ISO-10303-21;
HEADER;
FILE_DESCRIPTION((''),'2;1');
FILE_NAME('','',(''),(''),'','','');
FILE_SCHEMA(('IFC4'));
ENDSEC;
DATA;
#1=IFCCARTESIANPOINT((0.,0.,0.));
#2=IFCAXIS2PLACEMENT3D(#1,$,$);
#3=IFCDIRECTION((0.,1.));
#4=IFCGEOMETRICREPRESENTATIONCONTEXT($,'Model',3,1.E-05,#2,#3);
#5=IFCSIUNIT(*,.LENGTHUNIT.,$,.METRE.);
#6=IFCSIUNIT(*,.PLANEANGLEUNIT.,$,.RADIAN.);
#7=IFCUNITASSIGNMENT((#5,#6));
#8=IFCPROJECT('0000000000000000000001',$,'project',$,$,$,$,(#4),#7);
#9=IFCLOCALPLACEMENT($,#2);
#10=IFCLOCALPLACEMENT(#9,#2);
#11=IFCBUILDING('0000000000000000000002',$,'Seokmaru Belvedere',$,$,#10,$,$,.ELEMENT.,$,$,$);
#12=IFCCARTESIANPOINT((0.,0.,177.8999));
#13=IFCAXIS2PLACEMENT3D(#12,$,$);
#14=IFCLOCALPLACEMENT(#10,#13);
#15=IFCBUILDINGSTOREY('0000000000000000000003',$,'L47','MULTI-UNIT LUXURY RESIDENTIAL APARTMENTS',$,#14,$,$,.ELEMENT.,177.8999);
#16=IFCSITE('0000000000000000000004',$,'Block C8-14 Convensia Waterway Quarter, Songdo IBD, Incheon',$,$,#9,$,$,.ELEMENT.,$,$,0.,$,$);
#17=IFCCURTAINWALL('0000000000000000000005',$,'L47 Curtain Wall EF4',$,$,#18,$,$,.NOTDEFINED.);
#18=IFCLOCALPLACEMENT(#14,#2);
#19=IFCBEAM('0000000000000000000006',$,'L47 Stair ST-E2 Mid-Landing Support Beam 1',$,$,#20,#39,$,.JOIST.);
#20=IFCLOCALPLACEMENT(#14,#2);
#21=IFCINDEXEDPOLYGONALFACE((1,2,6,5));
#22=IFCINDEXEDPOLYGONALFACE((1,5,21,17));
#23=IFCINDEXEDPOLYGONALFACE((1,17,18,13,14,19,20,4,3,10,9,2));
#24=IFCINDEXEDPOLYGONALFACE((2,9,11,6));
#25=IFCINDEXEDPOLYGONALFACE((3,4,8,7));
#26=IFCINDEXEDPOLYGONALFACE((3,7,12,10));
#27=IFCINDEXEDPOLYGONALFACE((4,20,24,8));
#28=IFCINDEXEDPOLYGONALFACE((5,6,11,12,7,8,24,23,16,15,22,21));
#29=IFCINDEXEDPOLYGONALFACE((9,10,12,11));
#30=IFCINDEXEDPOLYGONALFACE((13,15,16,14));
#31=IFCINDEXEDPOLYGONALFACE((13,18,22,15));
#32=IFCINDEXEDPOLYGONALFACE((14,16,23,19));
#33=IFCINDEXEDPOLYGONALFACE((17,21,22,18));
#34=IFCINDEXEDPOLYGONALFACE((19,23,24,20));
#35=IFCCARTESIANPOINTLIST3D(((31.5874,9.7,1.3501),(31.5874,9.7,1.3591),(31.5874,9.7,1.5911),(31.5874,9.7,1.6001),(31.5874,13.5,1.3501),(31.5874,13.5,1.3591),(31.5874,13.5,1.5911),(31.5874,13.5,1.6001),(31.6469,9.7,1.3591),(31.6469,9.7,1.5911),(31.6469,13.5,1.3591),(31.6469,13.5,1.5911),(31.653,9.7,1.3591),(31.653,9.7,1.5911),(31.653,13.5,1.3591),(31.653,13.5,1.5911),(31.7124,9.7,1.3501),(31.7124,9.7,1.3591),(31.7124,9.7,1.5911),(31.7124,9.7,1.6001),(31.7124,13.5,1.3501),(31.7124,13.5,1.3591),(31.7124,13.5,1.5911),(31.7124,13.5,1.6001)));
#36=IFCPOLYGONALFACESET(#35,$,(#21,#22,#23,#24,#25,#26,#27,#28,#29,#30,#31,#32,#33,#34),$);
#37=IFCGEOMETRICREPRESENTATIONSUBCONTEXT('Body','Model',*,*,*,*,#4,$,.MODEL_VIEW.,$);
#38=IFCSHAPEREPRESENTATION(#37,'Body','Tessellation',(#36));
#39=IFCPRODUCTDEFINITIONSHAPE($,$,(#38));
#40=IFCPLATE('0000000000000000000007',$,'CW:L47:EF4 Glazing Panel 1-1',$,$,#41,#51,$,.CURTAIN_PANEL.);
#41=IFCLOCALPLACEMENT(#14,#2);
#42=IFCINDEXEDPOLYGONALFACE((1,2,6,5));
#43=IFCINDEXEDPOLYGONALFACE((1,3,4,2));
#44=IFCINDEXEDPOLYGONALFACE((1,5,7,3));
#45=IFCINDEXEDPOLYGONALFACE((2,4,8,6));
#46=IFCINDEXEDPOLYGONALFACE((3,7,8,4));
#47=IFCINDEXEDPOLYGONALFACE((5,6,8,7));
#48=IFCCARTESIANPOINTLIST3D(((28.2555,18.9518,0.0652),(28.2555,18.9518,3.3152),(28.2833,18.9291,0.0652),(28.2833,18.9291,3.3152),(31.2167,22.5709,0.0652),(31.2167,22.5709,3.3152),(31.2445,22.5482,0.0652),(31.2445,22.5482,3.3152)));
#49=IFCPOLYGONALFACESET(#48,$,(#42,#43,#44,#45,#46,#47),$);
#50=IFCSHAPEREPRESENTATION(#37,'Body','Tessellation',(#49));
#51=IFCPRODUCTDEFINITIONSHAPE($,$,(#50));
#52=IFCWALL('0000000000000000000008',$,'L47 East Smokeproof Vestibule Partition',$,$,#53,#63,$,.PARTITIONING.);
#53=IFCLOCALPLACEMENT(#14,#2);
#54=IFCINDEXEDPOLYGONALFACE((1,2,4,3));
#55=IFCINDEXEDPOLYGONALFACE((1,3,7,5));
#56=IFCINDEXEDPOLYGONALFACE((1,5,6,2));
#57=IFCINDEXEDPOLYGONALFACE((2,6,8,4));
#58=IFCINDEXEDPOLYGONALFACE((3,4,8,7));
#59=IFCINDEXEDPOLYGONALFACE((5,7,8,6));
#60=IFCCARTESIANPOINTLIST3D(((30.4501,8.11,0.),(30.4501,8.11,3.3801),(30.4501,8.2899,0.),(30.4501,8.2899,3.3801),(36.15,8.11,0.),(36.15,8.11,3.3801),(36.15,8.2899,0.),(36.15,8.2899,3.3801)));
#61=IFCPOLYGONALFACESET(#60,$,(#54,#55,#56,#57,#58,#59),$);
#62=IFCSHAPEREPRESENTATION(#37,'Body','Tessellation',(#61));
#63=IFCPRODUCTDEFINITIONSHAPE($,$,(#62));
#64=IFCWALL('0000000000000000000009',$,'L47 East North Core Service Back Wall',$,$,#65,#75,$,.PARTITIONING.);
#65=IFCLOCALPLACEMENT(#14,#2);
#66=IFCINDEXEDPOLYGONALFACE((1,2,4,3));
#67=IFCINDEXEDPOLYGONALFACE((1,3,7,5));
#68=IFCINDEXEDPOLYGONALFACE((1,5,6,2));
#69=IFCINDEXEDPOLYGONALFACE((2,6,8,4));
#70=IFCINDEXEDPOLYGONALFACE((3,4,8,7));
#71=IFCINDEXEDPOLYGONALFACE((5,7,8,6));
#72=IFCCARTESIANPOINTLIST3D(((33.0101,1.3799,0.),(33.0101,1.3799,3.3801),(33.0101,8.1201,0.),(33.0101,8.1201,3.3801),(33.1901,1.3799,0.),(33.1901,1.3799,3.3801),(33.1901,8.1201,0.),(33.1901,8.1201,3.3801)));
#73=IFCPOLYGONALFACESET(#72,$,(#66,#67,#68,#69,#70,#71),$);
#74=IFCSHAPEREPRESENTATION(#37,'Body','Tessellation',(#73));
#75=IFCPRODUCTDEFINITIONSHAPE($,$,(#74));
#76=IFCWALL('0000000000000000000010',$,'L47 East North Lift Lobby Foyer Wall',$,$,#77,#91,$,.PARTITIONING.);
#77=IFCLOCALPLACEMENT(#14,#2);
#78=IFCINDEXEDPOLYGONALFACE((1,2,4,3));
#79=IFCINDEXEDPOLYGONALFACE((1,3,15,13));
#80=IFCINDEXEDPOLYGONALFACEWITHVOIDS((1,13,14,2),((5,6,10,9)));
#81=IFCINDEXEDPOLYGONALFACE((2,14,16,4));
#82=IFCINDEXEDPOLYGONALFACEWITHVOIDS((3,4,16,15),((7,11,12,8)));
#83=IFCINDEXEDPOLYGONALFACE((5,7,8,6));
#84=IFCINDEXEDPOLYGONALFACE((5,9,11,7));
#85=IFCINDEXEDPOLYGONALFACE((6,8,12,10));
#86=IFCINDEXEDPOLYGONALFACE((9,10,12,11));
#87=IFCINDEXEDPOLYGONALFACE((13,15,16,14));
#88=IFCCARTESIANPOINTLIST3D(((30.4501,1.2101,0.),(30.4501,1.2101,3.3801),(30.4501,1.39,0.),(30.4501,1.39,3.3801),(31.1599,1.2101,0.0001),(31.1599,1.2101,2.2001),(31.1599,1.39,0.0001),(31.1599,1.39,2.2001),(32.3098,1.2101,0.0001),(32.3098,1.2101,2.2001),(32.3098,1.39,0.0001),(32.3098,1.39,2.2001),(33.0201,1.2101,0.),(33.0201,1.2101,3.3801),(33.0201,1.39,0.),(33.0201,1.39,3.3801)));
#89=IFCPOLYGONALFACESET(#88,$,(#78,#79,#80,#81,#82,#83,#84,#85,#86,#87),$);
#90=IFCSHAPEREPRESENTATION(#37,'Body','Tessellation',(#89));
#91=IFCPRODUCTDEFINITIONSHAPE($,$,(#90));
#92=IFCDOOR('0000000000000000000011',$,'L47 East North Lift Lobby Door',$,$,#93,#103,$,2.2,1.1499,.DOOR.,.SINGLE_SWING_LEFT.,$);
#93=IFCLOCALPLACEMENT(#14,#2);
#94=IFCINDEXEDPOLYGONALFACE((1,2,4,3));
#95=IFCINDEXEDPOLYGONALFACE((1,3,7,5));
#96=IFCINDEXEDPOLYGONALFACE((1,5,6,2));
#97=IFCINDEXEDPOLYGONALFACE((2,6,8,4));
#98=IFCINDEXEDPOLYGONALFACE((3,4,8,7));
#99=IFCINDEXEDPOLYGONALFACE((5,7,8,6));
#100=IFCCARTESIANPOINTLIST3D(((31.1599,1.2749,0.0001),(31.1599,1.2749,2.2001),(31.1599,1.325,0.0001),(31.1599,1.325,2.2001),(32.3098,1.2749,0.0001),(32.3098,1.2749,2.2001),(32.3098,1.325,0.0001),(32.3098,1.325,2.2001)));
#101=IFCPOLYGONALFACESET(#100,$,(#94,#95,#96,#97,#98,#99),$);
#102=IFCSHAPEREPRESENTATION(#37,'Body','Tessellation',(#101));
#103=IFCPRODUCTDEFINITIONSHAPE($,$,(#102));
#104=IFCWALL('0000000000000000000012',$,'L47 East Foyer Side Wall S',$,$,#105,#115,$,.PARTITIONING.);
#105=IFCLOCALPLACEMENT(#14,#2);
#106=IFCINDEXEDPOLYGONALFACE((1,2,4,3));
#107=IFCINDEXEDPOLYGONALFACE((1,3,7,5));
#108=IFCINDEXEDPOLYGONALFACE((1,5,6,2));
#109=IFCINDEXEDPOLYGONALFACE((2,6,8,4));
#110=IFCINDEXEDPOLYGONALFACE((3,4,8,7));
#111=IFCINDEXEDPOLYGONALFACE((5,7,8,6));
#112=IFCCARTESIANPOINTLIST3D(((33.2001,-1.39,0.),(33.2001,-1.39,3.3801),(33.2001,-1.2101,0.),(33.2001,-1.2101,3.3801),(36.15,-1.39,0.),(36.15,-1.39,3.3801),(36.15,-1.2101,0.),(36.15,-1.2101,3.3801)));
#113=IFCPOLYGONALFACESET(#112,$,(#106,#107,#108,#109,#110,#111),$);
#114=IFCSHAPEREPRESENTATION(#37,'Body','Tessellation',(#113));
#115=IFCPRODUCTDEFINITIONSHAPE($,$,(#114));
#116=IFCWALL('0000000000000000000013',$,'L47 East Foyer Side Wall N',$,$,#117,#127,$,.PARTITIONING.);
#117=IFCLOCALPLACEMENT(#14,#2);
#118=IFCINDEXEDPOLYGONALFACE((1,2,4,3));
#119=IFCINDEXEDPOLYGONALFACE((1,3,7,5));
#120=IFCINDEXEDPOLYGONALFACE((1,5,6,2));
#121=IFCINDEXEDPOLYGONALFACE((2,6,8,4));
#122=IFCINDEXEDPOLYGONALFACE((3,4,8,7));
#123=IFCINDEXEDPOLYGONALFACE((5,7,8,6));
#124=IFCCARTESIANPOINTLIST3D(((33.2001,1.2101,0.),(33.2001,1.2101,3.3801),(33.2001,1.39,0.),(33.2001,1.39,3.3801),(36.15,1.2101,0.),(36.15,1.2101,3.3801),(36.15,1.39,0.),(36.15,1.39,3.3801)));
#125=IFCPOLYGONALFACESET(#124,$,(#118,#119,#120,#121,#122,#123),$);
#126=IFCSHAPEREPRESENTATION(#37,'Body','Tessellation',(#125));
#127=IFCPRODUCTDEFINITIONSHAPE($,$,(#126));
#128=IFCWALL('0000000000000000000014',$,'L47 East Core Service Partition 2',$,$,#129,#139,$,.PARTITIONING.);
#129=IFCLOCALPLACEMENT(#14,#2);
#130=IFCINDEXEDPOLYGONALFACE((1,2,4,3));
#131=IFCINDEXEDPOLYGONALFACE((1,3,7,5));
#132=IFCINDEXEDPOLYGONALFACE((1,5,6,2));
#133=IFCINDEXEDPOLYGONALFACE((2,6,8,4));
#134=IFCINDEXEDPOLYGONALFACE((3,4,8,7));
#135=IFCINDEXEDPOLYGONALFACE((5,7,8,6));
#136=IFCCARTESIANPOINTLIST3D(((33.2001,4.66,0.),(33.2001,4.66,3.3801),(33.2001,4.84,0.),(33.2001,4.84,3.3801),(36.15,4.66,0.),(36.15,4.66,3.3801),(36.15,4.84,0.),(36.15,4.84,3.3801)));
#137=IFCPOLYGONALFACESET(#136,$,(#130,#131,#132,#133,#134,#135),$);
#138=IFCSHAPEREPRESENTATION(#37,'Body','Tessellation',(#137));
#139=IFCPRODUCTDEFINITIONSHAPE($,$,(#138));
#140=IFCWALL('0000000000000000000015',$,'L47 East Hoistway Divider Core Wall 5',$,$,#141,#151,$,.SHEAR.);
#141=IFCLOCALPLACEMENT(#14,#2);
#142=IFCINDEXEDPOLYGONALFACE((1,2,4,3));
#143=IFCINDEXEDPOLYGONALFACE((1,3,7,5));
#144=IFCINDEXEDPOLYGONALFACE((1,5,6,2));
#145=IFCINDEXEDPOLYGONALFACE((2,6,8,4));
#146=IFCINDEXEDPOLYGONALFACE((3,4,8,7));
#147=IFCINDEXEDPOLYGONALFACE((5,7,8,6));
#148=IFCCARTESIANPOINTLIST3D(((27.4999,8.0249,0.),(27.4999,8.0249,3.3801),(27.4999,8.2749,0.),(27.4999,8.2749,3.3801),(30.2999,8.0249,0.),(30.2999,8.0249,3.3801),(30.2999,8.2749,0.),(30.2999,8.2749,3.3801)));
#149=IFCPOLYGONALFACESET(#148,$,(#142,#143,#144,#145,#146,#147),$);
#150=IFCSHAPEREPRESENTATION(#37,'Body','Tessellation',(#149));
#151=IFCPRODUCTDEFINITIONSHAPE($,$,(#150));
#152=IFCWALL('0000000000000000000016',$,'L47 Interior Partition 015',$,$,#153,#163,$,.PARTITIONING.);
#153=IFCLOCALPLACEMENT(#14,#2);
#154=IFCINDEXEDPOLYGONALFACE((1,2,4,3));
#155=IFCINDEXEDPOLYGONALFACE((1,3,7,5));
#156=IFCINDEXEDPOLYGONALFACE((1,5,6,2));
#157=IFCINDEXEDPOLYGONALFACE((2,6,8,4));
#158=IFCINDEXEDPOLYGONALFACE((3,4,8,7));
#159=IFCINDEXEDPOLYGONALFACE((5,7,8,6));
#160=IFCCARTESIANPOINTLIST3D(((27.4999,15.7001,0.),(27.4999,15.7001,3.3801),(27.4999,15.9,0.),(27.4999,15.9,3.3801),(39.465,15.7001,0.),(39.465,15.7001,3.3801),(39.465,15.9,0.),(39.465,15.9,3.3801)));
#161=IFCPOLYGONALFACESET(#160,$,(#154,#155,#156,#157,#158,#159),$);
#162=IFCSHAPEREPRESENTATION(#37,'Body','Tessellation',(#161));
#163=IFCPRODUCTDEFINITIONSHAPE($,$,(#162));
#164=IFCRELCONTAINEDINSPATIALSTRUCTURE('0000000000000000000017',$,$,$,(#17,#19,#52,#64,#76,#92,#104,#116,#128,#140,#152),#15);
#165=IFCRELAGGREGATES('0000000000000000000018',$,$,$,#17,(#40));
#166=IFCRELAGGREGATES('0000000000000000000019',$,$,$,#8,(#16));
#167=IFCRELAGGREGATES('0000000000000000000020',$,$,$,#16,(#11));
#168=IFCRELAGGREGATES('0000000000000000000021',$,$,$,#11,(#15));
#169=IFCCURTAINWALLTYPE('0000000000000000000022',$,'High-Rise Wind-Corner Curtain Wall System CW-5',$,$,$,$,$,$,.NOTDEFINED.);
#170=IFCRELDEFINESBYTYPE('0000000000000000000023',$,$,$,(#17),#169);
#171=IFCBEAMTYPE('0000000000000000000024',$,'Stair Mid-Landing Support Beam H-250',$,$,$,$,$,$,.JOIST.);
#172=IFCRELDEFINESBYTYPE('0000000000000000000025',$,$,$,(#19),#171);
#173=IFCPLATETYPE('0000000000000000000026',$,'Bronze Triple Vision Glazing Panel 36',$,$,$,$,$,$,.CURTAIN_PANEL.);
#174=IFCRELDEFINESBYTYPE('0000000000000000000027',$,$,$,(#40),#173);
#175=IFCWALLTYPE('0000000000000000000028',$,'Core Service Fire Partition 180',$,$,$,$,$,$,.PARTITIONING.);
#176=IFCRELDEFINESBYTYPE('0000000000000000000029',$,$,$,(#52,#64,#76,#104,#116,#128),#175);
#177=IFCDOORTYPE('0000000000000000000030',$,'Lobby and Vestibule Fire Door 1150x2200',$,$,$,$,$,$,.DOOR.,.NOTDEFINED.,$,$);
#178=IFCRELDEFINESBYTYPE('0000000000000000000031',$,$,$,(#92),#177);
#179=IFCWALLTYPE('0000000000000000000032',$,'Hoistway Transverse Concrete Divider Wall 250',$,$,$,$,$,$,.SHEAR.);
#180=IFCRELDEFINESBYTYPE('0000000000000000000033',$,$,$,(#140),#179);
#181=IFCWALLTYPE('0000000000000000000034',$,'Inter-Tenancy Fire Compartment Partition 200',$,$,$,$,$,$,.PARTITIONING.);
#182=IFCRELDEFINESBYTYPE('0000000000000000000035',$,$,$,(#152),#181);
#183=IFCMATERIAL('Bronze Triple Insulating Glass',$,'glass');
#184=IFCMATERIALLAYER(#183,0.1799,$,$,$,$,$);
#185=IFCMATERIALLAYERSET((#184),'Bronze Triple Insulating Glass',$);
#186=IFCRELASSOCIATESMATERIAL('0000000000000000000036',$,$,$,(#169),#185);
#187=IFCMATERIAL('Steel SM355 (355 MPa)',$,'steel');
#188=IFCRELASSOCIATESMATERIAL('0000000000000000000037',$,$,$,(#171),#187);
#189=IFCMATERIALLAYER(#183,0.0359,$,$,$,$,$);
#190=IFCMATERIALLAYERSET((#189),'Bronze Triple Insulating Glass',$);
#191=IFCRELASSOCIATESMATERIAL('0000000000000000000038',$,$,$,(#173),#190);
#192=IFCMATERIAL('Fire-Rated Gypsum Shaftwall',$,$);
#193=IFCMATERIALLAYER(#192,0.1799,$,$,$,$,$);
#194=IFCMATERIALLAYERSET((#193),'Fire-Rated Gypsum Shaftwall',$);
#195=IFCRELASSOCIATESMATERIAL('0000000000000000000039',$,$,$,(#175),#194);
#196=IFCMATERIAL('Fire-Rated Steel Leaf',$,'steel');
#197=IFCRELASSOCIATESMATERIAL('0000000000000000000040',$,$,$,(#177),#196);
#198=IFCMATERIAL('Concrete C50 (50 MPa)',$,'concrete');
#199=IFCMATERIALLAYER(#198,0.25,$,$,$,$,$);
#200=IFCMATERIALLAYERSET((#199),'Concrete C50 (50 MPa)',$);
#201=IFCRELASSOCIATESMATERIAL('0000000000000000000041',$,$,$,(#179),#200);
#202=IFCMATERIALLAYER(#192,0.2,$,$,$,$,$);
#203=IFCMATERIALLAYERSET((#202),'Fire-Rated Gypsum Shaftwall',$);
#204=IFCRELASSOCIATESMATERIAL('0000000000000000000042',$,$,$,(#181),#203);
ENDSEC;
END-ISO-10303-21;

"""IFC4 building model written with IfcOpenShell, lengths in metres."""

from ifc_helpers import new_model, si_unit, direction, frame, frame_2d, origin, origin_2d, place, context, subcontext, project, spatial, rectangle, i_section, extrude, source, transform, mapped, material, layer, layer_set, material_profile, profile_set, type_object, type_shapes, element, fill, aggregate, save


model = new_model("IFC4")

# Units and contexts
model_context = context("Model", 3, precision=1e-05, world=origin(), true_north=direction((0.0, 1.0)))
body_context = subcontext(model_context, "Body", "Model", "MODEL_VIEW")
ifc_project = project(units=[si_unit("LENGTHUNIT", "METRE"), si_unit("PLANEANGLEUNIT", "RADIAN")], contexts=[model_context])

# Site, building, storey
site_placement = place(None, origin())
site = spatial("IfcSite", under=ifc_project, at=site_placement, Name="Block C8-14 Convensia Waterway Quarter, Songdo IBD, Incheon", CompositionType="ELEMENT", RefElevation=0.0)
building_placement = place(site_placement, origin())
building = spatial("IfcBuilding", under=site, at=building_placement, Name="Seokmaru Belvedere", CompositionType="ELEMENT")
storey_placement = place(building_placement, frame((0.0, 0.0, 177.8999)))
storey = spatial("IfcBuildingStorey", under=building, at=storey_placement, Name="L47", Description="MULTI-UNIT LUXURY RESIDENTIAL APARTMENTS", CompositionType="ELEMENT", Elevation=177.8999)

# Shared definitions
ifc_material_1 = material(Name="Steel SM355 (355 MPa)", Category="steel")

# Curtain wall
ifc_material_2 = material(Name="Bronze Triple Insulating Glass", Category="glass")
ifc_layer_1 = layer(ifc_material_2, 0.1799)
ifc_layer_set_1 = layer_set([ifc_layer_1], Name="Bronze Triple Insulating Glass")
curtain_wall_type = type_object("IfcCurtainWallType", Name="High-Rise Wind-Corner Curtain Wall System CW-5", PredefinedType="NOTDEFINED", material=ifc_layer_set_1)
curtain_wall_1_placement = place(storey_placement, origin())
curtain_wall_1 = element("IfcCurtainWall", 1, at=curtain_wall_1_placement, inside=storey, type_object=curtain_wall_type, Name="L47 Curtain Wall EF4", PredefinedType="NOTDEFINED")

# Beam
ifc_material_profile_1 = material_profile(ifc_material_1, i_section(OverallWidth=0.125, OverallDepth=0.25, WebThickness=0.0061, FlangeThickness=0.009, at=origin_2d()), Name="H-250x125x6x9")
ifc_profile_set_1 = profile_set([ifc_material_profile_1], Name="Steel SM355 (355 MPa)")
beam_type_1 = type_object("IfcBeamType", Name="Stair Mid-Landing Support Beam H-250", PredefinedType="JOIST", material=ifc_profile_set_1)
shared_shape_1 = source(origin(), body_context, "Body", "SweptSolid", [
    extrude(i_section(OverallWidth=0.125, OverallDepth=0.25, WebThickness=0.0061, FlangeThickness=0.009, at=origin_2d()), origin(), (0.0, 0.0, 1.0), 3.8),
])
type_shapes(beam_type_1, [shared_shape_1])
beam_1_placement = place(storey_placement, frame((31.6499, 9.7, 1.4751), z_axis=(0.0, 1.0, 0.0), x_axis=(-1.0, 0.0, 0.0)))
element("IfcBeam", 2, at=beam_1_placement, inside=storey, type_object=beam_type_1, Name="L47 Stair ST-E2 Mid-Landing Support Beam 1", PredefinedType="JOIST", context=body_context, shape_type="MappedRepresentation", body=[
    mapped(shared_shape_1, transform((0.0, 0.0, 0.0), scale=1.0)),
])

# Plate
ifc_layer_2 = layer(ifc_material_2, 0.0359)
ifc_layer_set_2 = layer_set([ifc_layer_2], Name="Bronze Triple Insulating Glass")
plate_type = type_object("IfcPlateType", Name="Bronze Triple Vision Glazing Panel 36", PredefinedType="CURTAIN_PANEL", material=ifc_layer_set_2)
shared_shape_2 = source(origin(), body_context, "Body", "SweptSolid", [
    extrude(rectangle(XDim=4.6763, YDim=0.0359, at=origin_2d()), origin(), (0.0, 0.0, 1.0), 3.25),
])
type_shapes(plate_type, [shared_shape_2])
plate_placement = place(storey_placement, frame((29.75, 20.75, 0.0652), z_axis=(0.0, 0.0, 1.0), x_axis=(-0.633254, -0.773944, 0.0)))
plate = element("IfcPlate", 3, at=plate_placement, type_object=plate_type, Name="CW:L47:EF4 Glazing Panel 1-1", PredefinedType="CURTAIN_PANEL", context=body_context, shape_type="MappedRepresentation", body=[
    mapped(shared_shape_2, transform((0.0, 0.0, 0.0), scale=1.0)),
])
aggregate(curtain_wall_1, [plate])

# Walls
ifc_material_3 = material(Name="Fire-Rated Gypsum Shaftwall")
ifc_layer_3 = layer(ifc_material_3, 0.1799)
ifc_layer_set_3 = layer_set([ifc_layer_3], Name="Fire-Rated Gypsum Shaftwall")
wall_type_1 = type_object("IfcWallType", Name="Core Service Fire Partition 180", PredefinedType="PARTITIONING", material=ifc_layer_set_3)
wall_1_placement = place(storey_placement, frame((30.45, 8.2, 0.0), z_axis=(0.0, 0.0, 1.0), x_axis=(1.0, 0.0, 0.0)))
element("IfcWall", 4, at=wall_1_placement, inside=storey, type_object=wall_type_1, Name="L47 East Smokeproof Vestibule Partition", PredefinedType="PARTITIONING", context=body_context, shape_type="SweptSolid", body=[
    extrude(rectangle(XDim=5.7, YDim=0.1799, at=frame_2d((2.8501, 0.0))), origin(), (0.0, 0.0, 1.0), 3.3801),
])
wall_2_placement = place(storey_placement, frame((33.1001, 1.3799, 0.0), z_axis=(0.0, 0.0, 1.0), x_axis=(0.0, 1.0, 0.0)))
element("IfcWall", 5, at=wall_2_placement, inside=storey, type_object=wall_type_1, Name="L47 East North Core Service Back Wall", PredefinedType="PARTITIONING", context=body_context, shape_type="SweptSolid", body=[
    extrude(rectangle(XDim=6.7402, YDim=0.1799, at=frame_2d((3.3701, 0.0))), origin(), (0.0, 0.0, 1.0), 3.3801),
])

# Wall, opening, door
wall_3_placement = place(storey_placement, frame((30.45, 1.3, 0.0), z_axis=(0.0, 0.0, 1.0), x_axis=(1.0, 0.0, 0.0)))
wall_3 = element("IfcWall", 6, at=wall_3_placement, inside=storey, type_object=wall_type_1, Name="L47 East North Lift Lobby Foyer Wall", PredefinedType="PARTITIONING", context=body_context, shape_type="SweptSolid", body=[
    extrude(rectangle(XDim=2.5701, YDim=0.1799, at=frame_2d((1.2852, 0.0))), origin(), (0.0, 0.0, 1.0), 3.3801),
])
opening_1_placement = place(wall_3_placement, frame((0.71, 0.0, 0.0)))
opening_1 = element("IfcOpeningElement", 7, at=opening_1_placement, cuts=wall_3, PredefinedType="OPENING", context=body_context, shape_type="SweptSolid", body=[
    extrude(rectangle(XDim=1.1499, YDim=2.2, at=frame_2d((0.575, 1.1001))), frame((0.0, 0.1001, 0.0), z_axis=(0.0, -1.0, 0.0), x_axis=(1.0, 0.0, 0.0)), (0.0, 0.0, 1.0), 0.2),
])
ifc_material_4 = material(Name="Fire-Rated Steel Leaf", Category="steel")
door_type_1 = type_object("IfcDoorType", Name="Lobby and Vestibule Fire Door 1150x2200", OperationType="NOTDEFINED", PredefinedType="DOOR", material=ifc_material_4)
shared_shape_3 = source(origin(), body_context, "Body", "SweptSolid", [
    extrude(rectangle(XDim=1.1499, YDim=2.2, at=frame_2d((0.575, 1.1001))), frame((0.0, 0.0249, 0.0), z_axis=(0.0, -1.0, 0.0), x_axis=(1.0, 0.0, 0.0)), (0.0, 0.0, 1.0), 0.05),
])
type_shapes(door_type_1, [shared_shape_3])
door_1_placement = place(opening_1_placement, origin())
door_1 = element("IfcDoor", 8, at=door_1_placement, inside=storey, type_object=door_type_1, Name="L47 East North Lift Lobby Door", OperationType="SINGLE_SWING_LEFT", OverallHeight=2.2, OverallWidth=1.1499, PredefinedType="DOOR", context=body_context, shape_type="MappedRepresentation", body=[
    mapped(shared_shape_3, transform((0.0, 0.0, 0.0), scale=1.0)),
])
fill(opening_1, door_1)

# Walls
for number, where, z_axis, x_axis, name in (
    (9, (33.2, -1.3, 0.0), (0.0, 0.0, 1.0), (1.0, 0.0, 0.0), "L47 East Foyer Side Wall S"),
    (10, (33.2, 1.3, 0.0), (0.0, 0.0, 1.0), (1.0, 0.0, 0.0), "L47 East Foyer Side Wall N"),
    (11, (33.2, 4.75, 0.0), (0.0, 0.0, 1.0), (1.0, 0.0, 0.0), "L47 East Core Service Partition 2"),
):
    element("IfcWall", number, at=place(storey_placement, frame(where, z_axis=z_axis, x_axis=x_axis)), inside=storey, type_object=wall_type_1, Name=name, PredefinedType="PARTITIONING", context=body_context, shape_type="SweptSolid", body=[
        extrude(rectangle(XDim=2.95, YDim=0.1799, at=frame_2d((1.4751, 0.0))), origin(), (0.0, 0.0, 1.0), 3.3801),
    ])
ifc_material_5 = material(Name="Concrete C50 (50 MPa)", Category="concrete")
ifc_layer_4 = layer(ifc_material_5, 0.25)
ifc_layer_set_4 = layer_set([ifc_layer_4], Name="Concrete C50 (50 MPa)")
wall_type_2 = type_object("IfcWallType", Name="Hoistway Transverse Concrete Divider Wall 250", PredefinedType="SHEAR", material=ifc_layer_set_4)
wall_4_placement = place(storey_placement, frame((27.5, 8.1499, 0.0), z_axis=(0.0, 0.0, 1.0), x_axis=(1.0, 0.0, 0.0)))
element("IfcWall", 12, at=wall_4_placement, inside=storey, type_object=wall_type_2, Name="L47 East Hoistway Divider Core Wall 5", PredefinedType="SHEAR", context=body_context, shape_type="SweptSolid", body=[
    extrude(rectangle(XDim=2.8, YDim=0.25, at=frame_2d((1.3999, 0.0))), origin(), (0.0, 0.0, 1.0), 3.3801),
])
ifc_layer_5 = layer(ifc_material_3, 0.2)
ifc_layer_set_5 = layer_set([ifc_layer_5], Name="Fire-Rated Gypsum Shaftwall")
wall_type_3 = type_object("IfcWallType", Name="Inter-Tenancy Fire Compartment Partition 200", PredefinedType="PARTITIONING", material=ifc_layer_set_5)
wall_5_placement = place(storey_placement, frame((27.5, 15.8, 0.0), z_axis=(0.0, 0.0, 1.0), x_axis=(1.0, 0.0, 0.0)))
element("IfcWall", 13, at=wall_5_placement, inside=storey, type_object=wall_type_3, Name="L47 Interior Partition 015", PredefinedType="PARTITIONING", context=body_context, shape_type="SweptSolid", body=[
    extrude(rectangle(XDim=11.9651, YDim=0.2, at=frame_2d((5.9824, 0.0))), origin(), (0.0, 0.0, 1.0), 3.3801),
])

save(model, "model.ifc")
